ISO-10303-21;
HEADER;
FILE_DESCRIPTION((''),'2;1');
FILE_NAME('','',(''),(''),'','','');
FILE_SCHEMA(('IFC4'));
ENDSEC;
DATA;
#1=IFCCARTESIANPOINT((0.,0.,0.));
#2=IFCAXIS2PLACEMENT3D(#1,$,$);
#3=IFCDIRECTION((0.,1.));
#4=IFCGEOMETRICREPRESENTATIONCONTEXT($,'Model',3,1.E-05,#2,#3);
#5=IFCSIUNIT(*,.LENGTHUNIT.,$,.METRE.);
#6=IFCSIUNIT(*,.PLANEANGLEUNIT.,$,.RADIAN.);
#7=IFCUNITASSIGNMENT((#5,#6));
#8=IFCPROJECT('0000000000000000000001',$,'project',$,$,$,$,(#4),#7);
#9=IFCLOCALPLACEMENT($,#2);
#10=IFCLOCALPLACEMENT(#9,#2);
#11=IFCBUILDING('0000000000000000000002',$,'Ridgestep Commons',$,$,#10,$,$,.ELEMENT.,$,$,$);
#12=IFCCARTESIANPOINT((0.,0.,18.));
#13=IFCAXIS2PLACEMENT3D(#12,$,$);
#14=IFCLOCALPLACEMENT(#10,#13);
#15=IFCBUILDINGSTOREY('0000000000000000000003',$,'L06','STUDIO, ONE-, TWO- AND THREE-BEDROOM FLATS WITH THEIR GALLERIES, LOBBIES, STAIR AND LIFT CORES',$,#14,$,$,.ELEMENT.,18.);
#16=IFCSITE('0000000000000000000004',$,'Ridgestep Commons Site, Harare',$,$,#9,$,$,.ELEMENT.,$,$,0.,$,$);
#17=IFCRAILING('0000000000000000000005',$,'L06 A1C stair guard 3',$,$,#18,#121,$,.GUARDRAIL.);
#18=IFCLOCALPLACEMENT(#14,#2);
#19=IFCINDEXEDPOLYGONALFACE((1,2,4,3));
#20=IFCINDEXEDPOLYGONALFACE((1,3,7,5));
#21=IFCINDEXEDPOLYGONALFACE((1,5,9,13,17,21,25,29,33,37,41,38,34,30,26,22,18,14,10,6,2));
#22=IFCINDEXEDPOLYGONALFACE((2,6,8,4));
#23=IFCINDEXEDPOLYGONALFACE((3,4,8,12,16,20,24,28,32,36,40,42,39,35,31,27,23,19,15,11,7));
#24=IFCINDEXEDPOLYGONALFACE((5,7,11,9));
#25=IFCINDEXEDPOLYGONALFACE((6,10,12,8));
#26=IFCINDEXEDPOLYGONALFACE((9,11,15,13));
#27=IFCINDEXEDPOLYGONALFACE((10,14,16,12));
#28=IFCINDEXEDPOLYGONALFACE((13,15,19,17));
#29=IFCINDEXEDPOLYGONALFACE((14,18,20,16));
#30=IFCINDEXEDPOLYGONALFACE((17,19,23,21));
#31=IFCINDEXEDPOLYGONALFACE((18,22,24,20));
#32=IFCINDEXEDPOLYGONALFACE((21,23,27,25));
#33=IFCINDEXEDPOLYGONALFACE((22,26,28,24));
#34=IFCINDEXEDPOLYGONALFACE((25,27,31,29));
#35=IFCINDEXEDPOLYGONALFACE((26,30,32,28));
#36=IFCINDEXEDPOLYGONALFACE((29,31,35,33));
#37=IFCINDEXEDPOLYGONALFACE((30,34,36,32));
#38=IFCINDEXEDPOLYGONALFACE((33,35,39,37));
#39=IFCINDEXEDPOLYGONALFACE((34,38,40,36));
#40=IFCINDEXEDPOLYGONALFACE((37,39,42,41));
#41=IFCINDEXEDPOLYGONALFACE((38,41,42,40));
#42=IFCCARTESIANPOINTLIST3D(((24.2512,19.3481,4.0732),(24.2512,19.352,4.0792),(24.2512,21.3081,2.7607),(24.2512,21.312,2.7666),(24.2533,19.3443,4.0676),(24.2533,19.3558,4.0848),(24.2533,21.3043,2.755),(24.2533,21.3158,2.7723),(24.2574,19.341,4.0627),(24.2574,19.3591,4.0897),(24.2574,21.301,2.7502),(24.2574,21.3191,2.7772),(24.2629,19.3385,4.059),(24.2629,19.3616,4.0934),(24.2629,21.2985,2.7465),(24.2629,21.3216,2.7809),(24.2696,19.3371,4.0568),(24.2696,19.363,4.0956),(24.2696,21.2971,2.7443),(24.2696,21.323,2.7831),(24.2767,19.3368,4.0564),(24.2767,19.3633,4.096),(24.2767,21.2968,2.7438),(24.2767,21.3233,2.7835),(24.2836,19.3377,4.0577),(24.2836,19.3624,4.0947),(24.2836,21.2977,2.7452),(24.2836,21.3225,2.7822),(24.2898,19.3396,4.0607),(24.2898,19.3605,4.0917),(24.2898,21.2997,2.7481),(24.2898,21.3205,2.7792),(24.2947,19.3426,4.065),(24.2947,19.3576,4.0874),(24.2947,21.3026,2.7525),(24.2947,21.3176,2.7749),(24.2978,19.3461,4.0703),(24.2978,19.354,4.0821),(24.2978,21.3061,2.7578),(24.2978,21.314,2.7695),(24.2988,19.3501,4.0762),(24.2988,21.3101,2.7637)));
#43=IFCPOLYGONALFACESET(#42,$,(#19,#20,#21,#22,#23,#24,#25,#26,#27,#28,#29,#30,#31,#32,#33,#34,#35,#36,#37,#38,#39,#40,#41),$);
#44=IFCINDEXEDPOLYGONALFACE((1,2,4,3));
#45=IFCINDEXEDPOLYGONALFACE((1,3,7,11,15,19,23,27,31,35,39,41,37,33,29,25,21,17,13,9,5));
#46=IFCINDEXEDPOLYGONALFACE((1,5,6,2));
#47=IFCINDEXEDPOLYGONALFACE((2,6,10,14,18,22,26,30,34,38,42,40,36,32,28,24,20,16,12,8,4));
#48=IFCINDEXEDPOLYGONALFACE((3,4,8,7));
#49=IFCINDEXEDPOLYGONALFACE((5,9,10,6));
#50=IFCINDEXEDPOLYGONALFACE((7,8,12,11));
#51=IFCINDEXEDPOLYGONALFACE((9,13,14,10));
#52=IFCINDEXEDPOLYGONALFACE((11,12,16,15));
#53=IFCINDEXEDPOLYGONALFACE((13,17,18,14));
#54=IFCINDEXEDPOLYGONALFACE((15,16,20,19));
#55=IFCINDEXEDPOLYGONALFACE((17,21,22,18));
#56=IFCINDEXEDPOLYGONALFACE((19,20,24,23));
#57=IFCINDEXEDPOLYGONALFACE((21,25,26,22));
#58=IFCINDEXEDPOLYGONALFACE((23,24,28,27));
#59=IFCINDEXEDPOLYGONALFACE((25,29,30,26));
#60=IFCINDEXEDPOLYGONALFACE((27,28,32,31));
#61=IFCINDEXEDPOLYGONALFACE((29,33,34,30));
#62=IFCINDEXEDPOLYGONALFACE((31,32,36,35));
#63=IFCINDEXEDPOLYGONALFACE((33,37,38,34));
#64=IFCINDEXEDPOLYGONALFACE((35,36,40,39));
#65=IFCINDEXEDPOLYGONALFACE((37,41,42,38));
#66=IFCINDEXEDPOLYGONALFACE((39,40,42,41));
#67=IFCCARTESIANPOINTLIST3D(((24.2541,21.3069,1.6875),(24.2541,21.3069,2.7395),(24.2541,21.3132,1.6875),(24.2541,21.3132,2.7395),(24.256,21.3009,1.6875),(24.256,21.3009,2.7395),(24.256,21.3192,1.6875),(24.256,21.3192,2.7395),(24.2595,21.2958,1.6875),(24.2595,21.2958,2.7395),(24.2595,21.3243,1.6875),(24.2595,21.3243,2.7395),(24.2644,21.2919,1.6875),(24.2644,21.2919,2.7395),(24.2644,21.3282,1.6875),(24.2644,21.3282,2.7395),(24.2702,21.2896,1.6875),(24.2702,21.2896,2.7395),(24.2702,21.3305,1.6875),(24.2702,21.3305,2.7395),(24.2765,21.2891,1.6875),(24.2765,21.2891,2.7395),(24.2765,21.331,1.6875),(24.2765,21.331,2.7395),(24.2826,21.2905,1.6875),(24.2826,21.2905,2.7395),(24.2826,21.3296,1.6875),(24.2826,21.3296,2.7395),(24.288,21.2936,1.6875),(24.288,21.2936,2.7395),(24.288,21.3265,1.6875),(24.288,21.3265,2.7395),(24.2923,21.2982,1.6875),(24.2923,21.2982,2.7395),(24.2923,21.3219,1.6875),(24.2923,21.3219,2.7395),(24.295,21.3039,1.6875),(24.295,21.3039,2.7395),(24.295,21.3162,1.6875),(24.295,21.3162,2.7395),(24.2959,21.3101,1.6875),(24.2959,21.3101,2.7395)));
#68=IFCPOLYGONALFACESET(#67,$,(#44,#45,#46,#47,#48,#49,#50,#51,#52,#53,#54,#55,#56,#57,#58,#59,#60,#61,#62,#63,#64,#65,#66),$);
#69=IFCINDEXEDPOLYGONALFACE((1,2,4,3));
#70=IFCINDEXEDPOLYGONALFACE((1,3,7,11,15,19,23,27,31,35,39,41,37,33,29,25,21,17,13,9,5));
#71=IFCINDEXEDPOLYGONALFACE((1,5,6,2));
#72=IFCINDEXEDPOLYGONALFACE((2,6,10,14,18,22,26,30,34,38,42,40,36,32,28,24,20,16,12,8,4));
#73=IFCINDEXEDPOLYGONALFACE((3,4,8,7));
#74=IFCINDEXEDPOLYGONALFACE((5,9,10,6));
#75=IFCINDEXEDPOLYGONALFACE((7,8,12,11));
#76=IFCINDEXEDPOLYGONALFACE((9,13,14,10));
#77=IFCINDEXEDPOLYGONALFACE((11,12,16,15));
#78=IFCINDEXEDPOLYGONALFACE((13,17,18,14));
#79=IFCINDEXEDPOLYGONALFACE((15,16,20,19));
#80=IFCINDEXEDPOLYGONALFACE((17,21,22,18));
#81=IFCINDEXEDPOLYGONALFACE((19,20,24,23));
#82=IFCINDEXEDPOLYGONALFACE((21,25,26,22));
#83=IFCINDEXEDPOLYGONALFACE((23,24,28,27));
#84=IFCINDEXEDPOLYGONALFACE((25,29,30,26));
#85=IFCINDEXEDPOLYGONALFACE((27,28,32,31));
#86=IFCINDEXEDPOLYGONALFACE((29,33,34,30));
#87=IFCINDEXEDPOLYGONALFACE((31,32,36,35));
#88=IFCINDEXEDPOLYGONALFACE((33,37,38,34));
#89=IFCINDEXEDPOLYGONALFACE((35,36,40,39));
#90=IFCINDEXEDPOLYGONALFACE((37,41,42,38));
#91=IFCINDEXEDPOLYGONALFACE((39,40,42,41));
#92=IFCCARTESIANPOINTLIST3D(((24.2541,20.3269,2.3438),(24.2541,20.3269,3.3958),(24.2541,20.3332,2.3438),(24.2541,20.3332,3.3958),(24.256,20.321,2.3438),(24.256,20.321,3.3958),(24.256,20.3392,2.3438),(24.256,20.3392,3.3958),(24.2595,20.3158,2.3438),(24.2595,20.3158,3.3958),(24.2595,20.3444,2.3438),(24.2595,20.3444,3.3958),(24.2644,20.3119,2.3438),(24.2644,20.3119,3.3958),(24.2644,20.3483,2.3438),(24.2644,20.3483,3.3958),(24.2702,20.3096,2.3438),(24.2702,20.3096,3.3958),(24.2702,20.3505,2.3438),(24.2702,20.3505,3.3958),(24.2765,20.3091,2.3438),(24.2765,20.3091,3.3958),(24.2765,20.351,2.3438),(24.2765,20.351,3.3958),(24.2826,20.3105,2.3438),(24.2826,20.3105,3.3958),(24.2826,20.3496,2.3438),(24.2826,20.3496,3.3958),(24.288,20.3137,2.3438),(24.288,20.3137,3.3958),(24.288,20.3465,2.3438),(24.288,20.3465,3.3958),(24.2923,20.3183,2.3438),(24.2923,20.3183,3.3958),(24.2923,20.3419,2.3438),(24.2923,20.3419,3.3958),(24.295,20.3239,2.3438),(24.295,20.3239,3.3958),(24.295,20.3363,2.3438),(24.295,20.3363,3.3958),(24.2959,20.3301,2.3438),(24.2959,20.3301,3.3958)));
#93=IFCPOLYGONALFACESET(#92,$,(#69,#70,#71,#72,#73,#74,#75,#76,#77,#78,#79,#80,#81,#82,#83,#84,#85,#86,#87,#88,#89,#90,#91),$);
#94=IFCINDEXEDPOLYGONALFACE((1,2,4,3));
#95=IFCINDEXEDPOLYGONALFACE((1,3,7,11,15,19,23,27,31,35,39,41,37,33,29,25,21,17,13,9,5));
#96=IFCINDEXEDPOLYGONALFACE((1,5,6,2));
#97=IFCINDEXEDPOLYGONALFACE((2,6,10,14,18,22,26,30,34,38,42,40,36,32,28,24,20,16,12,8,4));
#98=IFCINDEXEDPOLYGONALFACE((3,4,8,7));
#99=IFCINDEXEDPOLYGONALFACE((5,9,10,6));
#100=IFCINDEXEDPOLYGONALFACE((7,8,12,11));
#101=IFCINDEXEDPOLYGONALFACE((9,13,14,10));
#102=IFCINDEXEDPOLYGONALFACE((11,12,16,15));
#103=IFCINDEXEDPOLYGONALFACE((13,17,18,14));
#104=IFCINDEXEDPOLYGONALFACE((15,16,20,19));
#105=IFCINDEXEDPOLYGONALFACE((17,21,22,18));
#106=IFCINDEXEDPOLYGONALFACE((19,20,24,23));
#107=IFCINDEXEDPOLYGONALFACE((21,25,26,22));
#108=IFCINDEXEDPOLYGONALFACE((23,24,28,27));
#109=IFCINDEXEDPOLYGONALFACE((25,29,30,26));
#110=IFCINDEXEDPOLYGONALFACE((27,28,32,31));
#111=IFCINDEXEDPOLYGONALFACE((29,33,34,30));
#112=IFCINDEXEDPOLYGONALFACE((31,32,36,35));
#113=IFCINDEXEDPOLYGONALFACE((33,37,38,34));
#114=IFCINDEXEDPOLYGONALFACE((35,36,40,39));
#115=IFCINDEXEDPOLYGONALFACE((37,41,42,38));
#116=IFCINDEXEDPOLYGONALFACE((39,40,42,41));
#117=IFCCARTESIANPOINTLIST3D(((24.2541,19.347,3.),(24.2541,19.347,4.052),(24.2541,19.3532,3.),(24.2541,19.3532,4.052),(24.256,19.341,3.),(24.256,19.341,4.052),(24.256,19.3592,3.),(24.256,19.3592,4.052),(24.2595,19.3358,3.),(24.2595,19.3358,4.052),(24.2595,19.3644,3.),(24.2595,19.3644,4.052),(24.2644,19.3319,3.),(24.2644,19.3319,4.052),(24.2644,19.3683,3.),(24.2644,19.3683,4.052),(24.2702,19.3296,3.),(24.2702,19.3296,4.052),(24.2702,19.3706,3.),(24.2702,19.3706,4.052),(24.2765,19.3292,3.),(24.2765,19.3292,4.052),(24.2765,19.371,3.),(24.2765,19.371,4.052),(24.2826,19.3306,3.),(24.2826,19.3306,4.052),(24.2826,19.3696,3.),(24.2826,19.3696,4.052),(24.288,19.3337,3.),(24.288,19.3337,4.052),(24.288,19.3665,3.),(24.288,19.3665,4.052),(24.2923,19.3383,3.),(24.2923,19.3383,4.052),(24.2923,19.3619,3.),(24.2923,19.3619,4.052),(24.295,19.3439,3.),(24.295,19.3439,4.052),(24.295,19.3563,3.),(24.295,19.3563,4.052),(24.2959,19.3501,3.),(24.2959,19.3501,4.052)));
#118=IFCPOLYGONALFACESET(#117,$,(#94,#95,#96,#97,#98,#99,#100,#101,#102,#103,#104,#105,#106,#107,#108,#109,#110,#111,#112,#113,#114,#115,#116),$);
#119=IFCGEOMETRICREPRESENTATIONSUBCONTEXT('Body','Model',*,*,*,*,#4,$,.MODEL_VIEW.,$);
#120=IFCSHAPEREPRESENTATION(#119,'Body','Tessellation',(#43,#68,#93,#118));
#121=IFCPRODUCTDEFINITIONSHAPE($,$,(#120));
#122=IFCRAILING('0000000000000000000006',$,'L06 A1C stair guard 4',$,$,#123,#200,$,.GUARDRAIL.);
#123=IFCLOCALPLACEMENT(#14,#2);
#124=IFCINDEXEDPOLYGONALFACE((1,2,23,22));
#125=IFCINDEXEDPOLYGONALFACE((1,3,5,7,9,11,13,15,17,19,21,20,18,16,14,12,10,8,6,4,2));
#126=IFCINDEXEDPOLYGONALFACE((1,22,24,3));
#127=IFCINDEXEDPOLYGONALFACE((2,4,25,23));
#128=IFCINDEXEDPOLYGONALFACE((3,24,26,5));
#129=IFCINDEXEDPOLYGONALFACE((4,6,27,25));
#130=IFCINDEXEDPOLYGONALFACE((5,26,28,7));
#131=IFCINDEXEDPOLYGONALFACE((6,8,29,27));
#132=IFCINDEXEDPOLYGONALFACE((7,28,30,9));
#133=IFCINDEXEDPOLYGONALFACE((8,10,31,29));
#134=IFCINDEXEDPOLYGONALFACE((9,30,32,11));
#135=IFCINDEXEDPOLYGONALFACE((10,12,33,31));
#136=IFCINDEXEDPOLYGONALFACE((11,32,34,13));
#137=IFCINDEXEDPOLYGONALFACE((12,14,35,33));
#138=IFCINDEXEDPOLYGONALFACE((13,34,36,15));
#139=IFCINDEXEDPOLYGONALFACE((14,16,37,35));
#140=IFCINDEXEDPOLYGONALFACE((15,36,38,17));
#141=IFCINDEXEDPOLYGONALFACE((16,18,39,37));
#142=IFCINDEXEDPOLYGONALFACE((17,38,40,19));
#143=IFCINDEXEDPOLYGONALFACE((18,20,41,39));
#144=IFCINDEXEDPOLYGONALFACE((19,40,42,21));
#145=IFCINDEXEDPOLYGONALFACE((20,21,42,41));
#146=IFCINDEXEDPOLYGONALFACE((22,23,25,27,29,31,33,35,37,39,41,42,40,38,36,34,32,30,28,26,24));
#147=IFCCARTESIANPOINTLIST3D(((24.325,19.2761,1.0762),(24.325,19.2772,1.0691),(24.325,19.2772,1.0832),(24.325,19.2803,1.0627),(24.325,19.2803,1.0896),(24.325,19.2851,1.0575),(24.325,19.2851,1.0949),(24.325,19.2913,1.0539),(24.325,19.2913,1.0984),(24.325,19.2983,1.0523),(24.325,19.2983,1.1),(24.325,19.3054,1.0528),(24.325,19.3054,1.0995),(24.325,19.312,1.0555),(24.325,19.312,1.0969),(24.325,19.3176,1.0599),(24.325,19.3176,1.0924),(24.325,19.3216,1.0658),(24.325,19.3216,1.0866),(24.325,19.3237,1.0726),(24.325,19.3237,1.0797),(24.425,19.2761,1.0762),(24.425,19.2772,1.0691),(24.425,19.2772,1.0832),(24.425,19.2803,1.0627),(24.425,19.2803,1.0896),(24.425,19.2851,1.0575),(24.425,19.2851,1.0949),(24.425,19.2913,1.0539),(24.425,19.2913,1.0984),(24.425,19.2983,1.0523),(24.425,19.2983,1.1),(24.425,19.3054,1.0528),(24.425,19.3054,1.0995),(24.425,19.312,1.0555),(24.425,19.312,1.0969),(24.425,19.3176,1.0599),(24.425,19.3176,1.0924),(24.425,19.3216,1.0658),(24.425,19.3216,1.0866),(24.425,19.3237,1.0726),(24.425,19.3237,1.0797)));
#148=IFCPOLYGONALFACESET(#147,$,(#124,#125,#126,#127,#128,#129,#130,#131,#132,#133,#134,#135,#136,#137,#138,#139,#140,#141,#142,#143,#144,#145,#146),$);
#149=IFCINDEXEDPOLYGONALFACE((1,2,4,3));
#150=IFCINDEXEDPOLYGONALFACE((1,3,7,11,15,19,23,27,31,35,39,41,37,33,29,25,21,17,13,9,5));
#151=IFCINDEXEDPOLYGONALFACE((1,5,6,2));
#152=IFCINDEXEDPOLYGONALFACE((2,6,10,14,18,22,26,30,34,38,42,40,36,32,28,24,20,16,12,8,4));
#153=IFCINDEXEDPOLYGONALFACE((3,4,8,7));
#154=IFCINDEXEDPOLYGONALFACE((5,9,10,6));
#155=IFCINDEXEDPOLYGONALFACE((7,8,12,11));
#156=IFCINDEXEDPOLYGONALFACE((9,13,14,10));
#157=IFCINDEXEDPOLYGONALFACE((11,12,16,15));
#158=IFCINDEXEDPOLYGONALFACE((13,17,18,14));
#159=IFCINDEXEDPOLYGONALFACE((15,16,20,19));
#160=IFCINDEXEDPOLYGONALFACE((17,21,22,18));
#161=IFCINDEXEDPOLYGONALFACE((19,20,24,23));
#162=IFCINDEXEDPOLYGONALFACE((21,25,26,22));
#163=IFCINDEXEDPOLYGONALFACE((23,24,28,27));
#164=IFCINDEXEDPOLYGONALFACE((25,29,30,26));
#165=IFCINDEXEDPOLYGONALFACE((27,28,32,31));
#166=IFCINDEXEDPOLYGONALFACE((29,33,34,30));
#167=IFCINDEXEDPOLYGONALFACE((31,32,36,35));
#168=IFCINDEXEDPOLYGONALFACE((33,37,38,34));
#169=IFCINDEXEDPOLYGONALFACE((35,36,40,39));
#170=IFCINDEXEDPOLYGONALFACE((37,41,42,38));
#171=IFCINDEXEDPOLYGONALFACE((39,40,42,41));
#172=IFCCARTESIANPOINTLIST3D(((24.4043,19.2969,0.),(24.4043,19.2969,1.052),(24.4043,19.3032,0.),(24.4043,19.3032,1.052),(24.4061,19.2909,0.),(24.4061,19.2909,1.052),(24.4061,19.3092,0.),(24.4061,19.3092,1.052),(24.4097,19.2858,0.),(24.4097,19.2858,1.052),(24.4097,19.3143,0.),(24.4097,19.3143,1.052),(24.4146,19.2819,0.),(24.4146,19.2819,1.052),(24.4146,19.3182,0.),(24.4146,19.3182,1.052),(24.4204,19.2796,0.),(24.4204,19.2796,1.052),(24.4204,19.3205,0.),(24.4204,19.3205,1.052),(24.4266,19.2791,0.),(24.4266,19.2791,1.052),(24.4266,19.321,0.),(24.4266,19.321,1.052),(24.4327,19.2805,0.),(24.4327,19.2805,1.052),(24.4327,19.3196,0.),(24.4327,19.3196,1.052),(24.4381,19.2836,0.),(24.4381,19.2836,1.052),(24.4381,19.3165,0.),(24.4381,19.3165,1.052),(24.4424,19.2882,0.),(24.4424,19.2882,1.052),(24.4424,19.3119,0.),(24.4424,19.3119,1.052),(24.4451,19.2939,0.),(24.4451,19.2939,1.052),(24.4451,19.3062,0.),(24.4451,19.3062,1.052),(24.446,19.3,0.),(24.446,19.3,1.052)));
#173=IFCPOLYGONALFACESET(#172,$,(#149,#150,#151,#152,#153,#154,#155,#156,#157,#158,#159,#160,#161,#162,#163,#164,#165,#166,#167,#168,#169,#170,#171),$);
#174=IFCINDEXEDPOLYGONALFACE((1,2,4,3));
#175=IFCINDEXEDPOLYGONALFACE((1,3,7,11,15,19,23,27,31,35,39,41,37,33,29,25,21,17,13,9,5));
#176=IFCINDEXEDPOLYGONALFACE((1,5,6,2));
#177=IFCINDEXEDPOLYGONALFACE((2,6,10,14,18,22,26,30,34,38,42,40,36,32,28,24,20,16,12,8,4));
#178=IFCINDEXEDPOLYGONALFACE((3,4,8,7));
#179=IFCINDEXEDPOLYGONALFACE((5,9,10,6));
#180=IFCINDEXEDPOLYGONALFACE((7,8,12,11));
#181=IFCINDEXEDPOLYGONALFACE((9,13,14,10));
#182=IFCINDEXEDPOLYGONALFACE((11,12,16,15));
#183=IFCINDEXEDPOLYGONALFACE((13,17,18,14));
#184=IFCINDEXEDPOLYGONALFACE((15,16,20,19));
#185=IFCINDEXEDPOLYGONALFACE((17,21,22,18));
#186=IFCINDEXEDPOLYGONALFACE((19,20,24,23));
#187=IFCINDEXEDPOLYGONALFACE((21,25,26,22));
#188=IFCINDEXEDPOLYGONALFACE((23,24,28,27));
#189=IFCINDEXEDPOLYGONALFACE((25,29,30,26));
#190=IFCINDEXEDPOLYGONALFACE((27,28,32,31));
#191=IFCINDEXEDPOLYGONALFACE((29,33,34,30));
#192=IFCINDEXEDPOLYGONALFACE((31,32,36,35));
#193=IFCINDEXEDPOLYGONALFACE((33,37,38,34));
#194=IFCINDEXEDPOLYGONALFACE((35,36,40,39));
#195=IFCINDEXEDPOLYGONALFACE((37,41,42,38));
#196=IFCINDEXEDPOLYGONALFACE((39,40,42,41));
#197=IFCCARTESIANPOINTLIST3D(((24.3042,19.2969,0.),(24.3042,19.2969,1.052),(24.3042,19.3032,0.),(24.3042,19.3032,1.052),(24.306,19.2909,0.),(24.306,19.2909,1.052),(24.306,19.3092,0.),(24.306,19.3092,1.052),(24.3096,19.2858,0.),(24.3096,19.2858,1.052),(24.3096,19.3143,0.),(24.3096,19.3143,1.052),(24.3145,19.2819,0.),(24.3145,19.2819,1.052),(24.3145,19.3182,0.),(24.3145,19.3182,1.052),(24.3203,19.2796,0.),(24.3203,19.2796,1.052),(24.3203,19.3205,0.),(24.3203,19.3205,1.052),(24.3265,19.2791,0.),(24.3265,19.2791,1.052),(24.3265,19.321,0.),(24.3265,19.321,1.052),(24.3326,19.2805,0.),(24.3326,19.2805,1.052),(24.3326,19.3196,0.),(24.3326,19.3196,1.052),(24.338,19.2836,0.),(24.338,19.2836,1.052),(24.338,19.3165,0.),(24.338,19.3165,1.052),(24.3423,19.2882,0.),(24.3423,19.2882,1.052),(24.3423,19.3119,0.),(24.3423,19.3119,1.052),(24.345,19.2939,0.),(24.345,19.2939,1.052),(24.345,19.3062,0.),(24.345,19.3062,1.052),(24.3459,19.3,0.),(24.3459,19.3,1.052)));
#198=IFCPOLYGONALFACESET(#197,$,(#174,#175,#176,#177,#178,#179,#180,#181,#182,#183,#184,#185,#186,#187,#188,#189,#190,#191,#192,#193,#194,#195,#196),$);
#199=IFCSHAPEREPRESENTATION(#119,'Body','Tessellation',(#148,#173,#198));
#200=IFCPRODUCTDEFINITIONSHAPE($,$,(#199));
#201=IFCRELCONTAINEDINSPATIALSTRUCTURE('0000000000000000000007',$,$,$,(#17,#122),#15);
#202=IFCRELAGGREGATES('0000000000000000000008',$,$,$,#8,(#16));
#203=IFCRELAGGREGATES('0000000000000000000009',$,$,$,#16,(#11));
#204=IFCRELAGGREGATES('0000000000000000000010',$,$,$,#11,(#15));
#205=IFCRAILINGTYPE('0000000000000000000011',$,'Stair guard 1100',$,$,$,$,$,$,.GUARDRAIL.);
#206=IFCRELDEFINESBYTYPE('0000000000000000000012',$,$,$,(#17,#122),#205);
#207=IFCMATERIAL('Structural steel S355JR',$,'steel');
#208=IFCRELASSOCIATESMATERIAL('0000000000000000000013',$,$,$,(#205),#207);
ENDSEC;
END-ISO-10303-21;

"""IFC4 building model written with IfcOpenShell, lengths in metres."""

from ifc_helpers import new_model, si_unit, direction, frame, origin, origin_2d, place, context, subcontext, project, spatial, circle, extrude, material, type_object, element, save


model = new_model("IFC4")

# Units and contexts
model_context = context("Model", 3, precision=1e-05, world=origin(), true_north=direction((0.0, 1.0)))
body_context = subcontext(model_context, "Body", "Model", "MODEL_VIEW")
ifc_project = project(units=[si_unit("LENGTHUNIT", "METRE"), si_unit("PLANEANGLEUNIT", "RADIAN")], contexts=[model_context])

# Site, building, storey
site_placement = place(None, origin())
site = spatial("IfcSite", under=ifc_project, at=site_placement, Name="Ridgestep Commons Site, Harare", CompositionType="ELEMENT", RefElevation=0.0)
building_placement = place(site_placement, origin())
building = spatial("IfcBuilding", under=site, at=building_placement, Name="Ridgestep Commons", CompositionType="ELEMENT")
storey_placement = place(building_placement, frame((0.0, 0.0, 18.0)))
storey = spatial("IfcBuildingStorey", under=building, at=storey_placement, Name="L06", Description="STUDIO, ONE-, TWO- AND THREE-BEDROOM FLATS WITH THEIR GALLERIES, LOBBIES, STAIR AND LIFT CORES", CompositionType="ELEMENT", Elevation=18.0)

# Railings
ifc_material_1 = material(Name="Structural steel S355JR", Category="steel")
railing_type_1 = type_object("IfcRailingType", Name="Stair guard 1100", PredefinedType="GUARDRAIL", material=ifc_material_1)
railing_1_placement = place(storey_placement, frame((24.2749, 21.3101, 1.6875)))
element("IfcRailing", 1, at=railing_1_placement, inside=storey, type_object=railing_type_1, Name="L06 A1C stair guard 3", PredefinedType="GUARDRAIL", context=body_context, shape_type="SweptSolid", body=[
    extrude(circle(Radius=0.0239, at=origin_2d()), frame((0.0, 0.0, 1.0762), z_axis=(0.0, -0.830902, 0.556419), x_axis=(1.0, 0.0, 0.0)), (0.0, 0.0, 1.0), 2.3589),
    extrude(circle(Radius=0.021, at=origin_2d()), origin(), (0.0, 0.0, 1.0), 1.052),
    extrude(circle(Radius=0.021, at=origin_2d()), frame((0.0, -0.98, 0.6562)), (0.0, 0.0, 1.0), 1.052),
    extrude(circle(Radius=0.021, at=origin_2d()), frame((0.0, -1.96, 1.3125)), (0.0, 0.0, 1.0), 1.052),
])
railing_2_placement = place(storey_placement, frame((24.425, 19.3, 0.0)))
element("IfcRailing", 2, at=railing_2_placement, inside=storey, type_object=railing_type_1, Name="L06 A1C stair guard 4", PredefinedType="GUARDRAIL", context=body_context, shape_type="SweptSolid", body=[
    extrude(circle(Radius=0.0239, at=origin_2d()), frame((0.0, 0.0, 1.0762), z_axis=(-1.0, 0.0, 0.0), x_axis=(0.0, -1.0, 0.0)), (0.0, 0.0, 1.0), 0.1001),
    extrude(circle(Radius=0.021, at=origin_2d()), origin(), (0.0, 0.0, 1.0), 1.052),
    extrude(circle(Radius=0.021, at=origin_2d()), frame((-0.1001, 0.0, 0.0)), (0.0, 0.0, 1.0), 1.052),
])

save(model, "model.ifc")
